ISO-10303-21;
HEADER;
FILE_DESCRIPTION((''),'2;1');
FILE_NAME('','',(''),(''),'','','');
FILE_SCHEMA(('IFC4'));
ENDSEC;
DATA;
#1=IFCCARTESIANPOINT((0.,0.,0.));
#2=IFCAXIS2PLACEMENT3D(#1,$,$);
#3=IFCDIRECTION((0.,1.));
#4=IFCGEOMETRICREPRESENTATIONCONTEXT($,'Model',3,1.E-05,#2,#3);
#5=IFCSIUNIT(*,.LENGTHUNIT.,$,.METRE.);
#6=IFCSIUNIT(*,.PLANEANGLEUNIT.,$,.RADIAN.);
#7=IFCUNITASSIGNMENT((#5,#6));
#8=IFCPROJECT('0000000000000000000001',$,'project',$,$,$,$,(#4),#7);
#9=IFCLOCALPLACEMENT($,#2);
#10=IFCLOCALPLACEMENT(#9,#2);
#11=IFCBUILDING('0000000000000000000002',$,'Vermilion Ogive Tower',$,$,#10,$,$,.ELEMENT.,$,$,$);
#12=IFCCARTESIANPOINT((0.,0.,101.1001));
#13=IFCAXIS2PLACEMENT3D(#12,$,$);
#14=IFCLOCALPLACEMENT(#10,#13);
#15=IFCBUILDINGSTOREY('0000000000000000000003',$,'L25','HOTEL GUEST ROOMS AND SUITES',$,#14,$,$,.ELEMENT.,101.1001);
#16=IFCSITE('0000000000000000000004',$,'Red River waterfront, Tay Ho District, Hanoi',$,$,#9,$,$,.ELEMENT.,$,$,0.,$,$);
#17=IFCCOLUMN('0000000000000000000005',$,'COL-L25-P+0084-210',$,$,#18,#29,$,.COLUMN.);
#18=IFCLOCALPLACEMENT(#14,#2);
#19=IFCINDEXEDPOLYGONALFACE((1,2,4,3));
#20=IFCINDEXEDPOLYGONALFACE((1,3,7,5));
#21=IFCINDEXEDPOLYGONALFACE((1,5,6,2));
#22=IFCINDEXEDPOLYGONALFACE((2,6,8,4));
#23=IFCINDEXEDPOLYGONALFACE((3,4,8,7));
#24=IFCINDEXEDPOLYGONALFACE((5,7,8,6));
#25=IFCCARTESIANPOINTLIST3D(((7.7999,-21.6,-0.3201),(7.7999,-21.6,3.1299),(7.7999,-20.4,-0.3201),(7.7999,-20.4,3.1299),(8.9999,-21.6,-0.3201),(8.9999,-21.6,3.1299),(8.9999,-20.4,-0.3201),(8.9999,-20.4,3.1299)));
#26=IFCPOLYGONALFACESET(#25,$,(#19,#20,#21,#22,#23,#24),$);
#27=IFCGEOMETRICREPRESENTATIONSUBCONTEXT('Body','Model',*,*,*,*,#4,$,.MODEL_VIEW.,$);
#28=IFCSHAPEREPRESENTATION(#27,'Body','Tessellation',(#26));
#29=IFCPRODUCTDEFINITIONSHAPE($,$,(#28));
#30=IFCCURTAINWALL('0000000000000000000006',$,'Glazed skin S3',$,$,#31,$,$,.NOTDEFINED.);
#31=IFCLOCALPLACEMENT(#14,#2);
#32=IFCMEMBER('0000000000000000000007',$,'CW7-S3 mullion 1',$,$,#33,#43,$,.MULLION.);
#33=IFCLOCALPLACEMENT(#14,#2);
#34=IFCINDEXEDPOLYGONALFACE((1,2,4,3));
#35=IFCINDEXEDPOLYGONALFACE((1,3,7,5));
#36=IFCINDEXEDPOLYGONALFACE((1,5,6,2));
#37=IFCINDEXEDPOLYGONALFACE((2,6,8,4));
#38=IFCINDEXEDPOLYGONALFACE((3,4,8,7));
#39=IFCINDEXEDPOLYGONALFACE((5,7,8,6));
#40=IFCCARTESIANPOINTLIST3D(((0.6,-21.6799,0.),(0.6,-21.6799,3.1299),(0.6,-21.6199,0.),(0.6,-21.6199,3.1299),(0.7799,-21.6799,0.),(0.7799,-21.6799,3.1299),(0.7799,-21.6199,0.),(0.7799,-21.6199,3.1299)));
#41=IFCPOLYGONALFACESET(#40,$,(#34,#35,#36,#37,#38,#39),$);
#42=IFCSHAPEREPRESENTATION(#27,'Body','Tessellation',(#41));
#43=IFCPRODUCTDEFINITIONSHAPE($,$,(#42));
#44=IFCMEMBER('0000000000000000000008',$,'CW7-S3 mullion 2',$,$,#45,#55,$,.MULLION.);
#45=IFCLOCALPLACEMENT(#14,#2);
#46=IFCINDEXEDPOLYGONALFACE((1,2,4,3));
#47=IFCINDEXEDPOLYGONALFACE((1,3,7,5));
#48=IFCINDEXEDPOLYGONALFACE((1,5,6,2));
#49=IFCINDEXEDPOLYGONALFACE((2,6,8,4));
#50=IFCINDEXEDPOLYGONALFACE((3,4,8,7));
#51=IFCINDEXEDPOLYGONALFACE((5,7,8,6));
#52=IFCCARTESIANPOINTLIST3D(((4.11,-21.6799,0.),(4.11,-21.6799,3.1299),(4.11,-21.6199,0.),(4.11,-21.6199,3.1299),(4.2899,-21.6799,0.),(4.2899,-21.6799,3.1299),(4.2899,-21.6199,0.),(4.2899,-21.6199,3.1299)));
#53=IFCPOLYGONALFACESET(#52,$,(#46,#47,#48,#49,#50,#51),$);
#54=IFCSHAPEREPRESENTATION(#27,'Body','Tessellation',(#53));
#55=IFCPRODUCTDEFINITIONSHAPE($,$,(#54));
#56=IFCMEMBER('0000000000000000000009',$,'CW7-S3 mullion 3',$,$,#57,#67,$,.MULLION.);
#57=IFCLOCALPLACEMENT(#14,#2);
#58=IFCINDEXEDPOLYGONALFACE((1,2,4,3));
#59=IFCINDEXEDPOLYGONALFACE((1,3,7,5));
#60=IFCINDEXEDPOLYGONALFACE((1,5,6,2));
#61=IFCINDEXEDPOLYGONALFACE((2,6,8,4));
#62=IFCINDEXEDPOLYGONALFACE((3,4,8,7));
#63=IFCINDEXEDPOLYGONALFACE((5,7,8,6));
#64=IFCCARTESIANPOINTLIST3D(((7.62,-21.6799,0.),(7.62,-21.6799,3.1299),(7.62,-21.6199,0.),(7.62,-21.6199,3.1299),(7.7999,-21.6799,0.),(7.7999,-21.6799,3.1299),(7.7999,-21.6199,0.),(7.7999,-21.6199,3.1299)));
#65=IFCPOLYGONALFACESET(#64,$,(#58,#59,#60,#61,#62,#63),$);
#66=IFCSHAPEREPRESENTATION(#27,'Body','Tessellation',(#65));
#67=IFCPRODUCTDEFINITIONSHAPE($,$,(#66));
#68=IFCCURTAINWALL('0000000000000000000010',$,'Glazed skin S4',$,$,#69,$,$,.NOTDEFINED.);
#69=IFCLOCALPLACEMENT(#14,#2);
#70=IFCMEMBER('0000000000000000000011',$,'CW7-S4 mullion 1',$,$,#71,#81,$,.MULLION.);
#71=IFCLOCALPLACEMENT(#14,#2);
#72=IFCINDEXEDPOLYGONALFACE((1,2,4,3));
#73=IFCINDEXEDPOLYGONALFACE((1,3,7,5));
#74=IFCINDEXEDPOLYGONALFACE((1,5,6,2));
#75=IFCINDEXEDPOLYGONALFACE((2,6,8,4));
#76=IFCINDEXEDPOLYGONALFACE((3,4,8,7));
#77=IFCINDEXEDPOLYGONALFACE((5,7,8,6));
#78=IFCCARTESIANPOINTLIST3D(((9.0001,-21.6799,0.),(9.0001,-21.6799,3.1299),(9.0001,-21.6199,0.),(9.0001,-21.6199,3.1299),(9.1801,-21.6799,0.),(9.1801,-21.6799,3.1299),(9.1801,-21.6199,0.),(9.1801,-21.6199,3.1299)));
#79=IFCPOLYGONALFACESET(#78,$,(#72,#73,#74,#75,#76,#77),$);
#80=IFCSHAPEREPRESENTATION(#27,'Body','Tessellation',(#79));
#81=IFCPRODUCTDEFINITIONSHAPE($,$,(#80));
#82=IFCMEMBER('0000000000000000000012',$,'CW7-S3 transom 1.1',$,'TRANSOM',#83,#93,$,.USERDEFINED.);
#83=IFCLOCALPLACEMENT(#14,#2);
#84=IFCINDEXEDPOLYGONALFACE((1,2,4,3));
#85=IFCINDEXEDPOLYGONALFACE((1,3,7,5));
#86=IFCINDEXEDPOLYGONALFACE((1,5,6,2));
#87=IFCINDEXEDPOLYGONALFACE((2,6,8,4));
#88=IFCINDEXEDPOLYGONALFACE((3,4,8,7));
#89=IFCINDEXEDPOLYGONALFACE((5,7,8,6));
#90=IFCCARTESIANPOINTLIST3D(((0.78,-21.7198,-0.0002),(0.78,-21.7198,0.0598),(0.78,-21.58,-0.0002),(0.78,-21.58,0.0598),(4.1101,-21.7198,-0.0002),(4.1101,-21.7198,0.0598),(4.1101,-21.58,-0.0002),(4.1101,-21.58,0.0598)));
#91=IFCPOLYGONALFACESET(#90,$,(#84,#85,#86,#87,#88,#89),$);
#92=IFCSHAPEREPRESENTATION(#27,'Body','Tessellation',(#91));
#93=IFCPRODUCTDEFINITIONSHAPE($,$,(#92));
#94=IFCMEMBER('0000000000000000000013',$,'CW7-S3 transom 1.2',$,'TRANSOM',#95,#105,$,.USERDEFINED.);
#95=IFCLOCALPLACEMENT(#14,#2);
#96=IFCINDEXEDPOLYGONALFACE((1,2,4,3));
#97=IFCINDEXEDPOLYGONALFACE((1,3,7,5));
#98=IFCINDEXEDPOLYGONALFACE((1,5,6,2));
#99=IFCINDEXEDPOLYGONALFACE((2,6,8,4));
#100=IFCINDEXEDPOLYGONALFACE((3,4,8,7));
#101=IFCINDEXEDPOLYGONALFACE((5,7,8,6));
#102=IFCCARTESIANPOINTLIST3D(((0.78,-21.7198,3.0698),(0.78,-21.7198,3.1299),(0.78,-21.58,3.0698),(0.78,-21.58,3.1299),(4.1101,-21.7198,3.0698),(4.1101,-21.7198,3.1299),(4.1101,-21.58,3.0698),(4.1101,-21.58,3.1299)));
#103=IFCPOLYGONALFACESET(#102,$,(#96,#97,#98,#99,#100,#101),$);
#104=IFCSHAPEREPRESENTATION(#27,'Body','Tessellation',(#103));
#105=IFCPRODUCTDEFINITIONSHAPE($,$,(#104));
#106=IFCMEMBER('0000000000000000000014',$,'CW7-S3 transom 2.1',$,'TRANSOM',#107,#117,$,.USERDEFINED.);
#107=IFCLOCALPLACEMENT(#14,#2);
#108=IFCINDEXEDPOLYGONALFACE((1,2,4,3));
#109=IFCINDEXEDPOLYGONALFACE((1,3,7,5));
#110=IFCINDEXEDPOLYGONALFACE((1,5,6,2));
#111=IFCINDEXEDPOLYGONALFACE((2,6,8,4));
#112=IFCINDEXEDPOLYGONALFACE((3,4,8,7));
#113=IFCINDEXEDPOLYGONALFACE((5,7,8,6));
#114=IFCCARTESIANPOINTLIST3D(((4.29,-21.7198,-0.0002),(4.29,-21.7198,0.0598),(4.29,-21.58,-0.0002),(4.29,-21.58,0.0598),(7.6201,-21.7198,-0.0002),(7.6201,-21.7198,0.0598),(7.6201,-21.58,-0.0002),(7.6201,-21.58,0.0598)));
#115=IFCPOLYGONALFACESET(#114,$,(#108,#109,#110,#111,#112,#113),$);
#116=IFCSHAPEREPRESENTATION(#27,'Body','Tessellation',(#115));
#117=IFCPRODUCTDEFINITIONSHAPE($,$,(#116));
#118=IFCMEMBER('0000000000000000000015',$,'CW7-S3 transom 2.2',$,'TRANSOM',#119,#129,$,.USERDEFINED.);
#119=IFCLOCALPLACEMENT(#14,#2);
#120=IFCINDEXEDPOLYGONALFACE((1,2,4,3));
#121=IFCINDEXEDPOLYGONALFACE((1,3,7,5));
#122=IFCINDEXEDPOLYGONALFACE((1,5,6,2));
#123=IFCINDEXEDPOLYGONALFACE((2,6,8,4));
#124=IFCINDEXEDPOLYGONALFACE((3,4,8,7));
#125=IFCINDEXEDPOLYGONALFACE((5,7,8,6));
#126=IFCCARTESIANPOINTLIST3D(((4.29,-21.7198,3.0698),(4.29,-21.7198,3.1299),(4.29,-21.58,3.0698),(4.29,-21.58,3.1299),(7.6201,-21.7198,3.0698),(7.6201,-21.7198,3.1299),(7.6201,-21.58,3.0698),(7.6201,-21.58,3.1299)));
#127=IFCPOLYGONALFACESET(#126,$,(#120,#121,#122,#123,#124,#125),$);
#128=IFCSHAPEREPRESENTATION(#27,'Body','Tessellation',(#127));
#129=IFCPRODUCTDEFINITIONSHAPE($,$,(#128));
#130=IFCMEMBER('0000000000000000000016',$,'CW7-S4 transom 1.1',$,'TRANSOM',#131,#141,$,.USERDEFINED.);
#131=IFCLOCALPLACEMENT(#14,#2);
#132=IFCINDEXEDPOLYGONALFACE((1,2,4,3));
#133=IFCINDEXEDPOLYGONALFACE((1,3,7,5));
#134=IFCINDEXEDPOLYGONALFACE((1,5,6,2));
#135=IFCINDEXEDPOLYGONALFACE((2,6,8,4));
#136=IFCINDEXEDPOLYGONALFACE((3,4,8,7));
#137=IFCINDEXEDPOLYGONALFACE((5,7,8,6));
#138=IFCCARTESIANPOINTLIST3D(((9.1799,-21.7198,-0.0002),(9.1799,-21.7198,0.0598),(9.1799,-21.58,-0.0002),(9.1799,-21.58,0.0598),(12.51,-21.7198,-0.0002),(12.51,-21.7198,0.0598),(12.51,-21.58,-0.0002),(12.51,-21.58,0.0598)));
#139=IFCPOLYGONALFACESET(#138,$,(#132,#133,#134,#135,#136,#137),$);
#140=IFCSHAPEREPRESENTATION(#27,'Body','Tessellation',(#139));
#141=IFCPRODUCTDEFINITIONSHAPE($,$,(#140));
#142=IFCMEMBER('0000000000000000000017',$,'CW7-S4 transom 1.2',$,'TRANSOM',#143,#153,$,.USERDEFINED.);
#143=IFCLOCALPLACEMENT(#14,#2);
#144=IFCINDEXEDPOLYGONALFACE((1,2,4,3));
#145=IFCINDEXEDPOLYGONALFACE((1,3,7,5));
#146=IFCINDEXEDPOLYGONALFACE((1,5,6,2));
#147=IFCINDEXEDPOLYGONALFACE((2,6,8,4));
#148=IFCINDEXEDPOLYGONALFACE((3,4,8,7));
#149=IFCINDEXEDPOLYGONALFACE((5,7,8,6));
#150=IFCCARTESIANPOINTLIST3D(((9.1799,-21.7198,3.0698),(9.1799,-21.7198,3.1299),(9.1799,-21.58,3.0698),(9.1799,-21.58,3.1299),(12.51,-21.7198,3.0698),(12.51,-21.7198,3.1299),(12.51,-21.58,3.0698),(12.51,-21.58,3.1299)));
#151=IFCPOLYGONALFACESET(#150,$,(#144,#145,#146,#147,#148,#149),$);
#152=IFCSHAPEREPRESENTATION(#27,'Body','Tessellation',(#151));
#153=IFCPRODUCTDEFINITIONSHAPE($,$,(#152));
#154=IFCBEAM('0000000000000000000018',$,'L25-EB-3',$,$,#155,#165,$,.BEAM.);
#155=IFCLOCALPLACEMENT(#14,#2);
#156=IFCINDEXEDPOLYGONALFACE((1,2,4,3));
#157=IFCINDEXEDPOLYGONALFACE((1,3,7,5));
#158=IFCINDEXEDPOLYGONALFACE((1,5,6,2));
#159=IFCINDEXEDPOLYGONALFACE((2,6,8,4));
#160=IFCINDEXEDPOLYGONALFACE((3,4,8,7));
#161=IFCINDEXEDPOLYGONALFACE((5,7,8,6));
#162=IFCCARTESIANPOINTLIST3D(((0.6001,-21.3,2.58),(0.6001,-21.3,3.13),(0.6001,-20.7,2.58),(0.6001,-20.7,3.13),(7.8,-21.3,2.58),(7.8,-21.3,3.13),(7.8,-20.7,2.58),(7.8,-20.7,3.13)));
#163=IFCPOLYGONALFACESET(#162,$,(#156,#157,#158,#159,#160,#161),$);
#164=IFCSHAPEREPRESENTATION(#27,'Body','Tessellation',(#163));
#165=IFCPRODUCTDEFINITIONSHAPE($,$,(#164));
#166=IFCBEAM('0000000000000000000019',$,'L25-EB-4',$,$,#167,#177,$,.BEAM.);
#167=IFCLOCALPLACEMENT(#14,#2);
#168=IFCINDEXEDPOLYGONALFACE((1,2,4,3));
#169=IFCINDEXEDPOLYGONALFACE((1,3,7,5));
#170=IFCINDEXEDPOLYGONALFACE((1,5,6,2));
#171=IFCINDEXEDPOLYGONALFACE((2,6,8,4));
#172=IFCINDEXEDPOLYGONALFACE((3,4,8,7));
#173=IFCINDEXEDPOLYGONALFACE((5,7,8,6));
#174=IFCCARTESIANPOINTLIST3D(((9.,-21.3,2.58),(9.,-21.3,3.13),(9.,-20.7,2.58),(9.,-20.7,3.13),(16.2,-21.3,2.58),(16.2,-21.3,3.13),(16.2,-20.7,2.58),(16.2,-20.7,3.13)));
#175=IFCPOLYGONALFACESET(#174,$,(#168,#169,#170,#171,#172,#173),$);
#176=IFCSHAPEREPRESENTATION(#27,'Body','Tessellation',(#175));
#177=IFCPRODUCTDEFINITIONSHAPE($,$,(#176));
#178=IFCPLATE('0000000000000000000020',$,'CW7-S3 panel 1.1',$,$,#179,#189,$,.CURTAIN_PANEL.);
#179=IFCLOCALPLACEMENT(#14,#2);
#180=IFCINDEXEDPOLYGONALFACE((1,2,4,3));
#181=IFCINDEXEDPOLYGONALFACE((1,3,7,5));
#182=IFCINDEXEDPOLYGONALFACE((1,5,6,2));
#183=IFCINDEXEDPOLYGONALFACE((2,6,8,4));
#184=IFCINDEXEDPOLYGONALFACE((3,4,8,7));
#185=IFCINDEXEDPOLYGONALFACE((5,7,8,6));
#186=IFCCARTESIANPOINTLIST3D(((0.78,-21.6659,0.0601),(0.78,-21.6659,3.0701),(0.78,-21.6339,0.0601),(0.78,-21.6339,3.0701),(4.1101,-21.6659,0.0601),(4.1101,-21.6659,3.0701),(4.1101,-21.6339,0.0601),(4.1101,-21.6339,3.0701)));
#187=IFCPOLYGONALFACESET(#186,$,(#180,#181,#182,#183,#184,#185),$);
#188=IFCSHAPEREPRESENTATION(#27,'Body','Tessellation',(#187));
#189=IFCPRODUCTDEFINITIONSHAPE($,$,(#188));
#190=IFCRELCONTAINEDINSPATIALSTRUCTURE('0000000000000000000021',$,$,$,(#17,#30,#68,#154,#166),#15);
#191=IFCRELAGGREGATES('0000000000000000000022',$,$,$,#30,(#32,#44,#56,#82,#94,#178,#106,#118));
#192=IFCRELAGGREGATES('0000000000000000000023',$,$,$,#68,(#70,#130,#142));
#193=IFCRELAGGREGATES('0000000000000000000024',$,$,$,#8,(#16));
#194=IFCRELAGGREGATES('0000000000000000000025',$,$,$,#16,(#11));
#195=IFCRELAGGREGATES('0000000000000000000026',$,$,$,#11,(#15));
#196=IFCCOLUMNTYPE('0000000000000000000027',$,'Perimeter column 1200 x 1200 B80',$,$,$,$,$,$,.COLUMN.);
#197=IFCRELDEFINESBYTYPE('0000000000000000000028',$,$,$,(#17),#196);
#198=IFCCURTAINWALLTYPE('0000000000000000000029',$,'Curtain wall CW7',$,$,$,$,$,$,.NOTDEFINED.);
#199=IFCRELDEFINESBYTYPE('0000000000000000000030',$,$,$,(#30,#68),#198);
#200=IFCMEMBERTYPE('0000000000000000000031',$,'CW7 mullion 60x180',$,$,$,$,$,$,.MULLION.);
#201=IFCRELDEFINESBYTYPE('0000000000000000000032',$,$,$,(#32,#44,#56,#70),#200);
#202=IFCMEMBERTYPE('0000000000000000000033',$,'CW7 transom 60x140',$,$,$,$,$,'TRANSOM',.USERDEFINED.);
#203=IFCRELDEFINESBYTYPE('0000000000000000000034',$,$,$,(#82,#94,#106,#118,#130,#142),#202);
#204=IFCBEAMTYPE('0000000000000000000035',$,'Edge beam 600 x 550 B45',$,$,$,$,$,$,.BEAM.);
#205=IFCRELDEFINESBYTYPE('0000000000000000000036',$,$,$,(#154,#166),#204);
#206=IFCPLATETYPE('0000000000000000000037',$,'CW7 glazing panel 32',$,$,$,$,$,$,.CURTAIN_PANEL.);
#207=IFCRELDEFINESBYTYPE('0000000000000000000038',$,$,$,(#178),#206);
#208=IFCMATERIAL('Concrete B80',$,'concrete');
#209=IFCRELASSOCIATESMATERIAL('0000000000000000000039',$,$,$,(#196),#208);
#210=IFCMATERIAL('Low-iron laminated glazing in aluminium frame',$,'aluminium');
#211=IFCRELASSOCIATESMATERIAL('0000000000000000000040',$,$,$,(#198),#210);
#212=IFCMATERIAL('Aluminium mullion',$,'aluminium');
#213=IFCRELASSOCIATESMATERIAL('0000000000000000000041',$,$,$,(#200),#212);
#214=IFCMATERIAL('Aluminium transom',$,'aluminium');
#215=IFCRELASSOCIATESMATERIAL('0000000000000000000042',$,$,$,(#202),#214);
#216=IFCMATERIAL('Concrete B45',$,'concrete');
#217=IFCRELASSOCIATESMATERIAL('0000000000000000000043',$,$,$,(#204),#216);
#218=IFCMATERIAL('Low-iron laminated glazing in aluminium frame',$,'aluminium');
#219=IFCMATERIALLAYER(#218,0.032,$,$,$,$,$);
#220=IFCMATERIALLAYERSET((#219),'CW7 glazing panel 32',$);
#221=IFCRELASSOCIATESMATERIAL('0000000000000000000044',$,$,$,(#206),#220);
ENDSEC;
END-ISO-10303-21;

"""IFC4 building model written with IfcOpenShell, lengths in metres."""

from ifc_helpers import new_model, si_unit, direction, frame, origin, origin_2d, place, context, subcontext, project, spatial, rectangle, extrude, material, layer, layer_set, material_profile, profile_set, type_object, element, aggregate, save


model = new_model("IFC4")

# Units and contexts
model_context = context("Model", 3, precision=1e-05, world=origin(), true_north=direction((0.0, 1.0)))
body_context = subcontext(model_context, "Body", "Model", "MODEL_VIEW")
ifc_project = project(units=[si_unit("LENGTHUNIT", "METRE"), si_unit("PLANEANGLEUNIT", "RADIAN")], contexts=[model_context])

# Site, building, storey
site_placement = place(None, origin())
site = spatial("IfcSite", under=ifc_project, at=site_placement, Name="Red River waterfront, Tay Ho District, Hanoi", CompositionType="ELEMENT", RefElevation=0.0)
building_placement = place(site_placement, origin())
building = spatial("IfcBuilding", under=site, at=building_placement, Name="Vermilion Ogive Tower", CompositionType="ELEMENT")
storey_placement = place(building_placement, frame((0.0, 0.0, 101.1001)))
storey = spatial("IfcBuildingStorey", under=building, at=storey_placement, Name="L25", Description="HOTEL GUEST ROOMS AND SUITES", CompositionType="ELEMENT", Elevation=101.1001)

# Column
ifc_material_1 = material(Name="Concrete B80", Category="concrete")
ifc_material_profile_1 = material_profile(ifc_material_1, rectangle(XDim=1.2, YDim=1.2, at=origin_2d()), Name="1200 x 1200")
ifc_profile_set_1 = profile_set([ifc_material_profile_1], Name="Concrete B80")
column_type = type_object("IfcColumnType", Name="Perimeter column 1200 x 1200 B80", PredefinedType="COLUMN", material=ifc_profile_set_1)
column_placement = place(storey_placement, frame((8.3999, -21.0, -0.3201), z_axis=(0.0, 0.0, 1.0), x_axis=(1.0, 0.0, 0.0)))
element("IfcColumn", 1, at=column_placement, inside=storey, type_object=column_type, Name="COL-L25-P+0084-210", PredefinedType="COLUMN", context=body_context, shape_type="SweptSolid", body=[
    extrude(rectangle(XDim=1.2, YDim=1.2, at=origin_2d()), origin(), (0.0, 0.0, 1.0), 3.45),
])

# Curtain wall, members
ifc_material_2 = material(Name="Low-iron laminated glazing in aluminium frame", Category="aluminium")
curtain_wall_type = type_object("IfcCurtainWallType", Name="Curtain wall CW7", PredefinedType="NOTDEFINED", material=ifc_material_2)
curtain_wall_1_placement = place(storey_placement, origin())
curtain_wall_1 = element("IfcCurtainWall", 2, at=curtain_wall_1_placement, inside=storey, type_object=curtain_wall_type, Name="Glazed skin S3", PredefinedType="NOTDEFINED")
ifc_material_3 = material(Name="Aluminium mullion", Category="aluminium")
ifc_material_profile_2 = material_profile(ifc_material_3, rectangle(XDim=0.0601, YDim=0.1799, at=origin_2d()), Name="AL 60x180")
ifc_profile_set_2 = profile_set([ifc_material_profile_2], Name="Aluminium mullion")
member_type_1 = type_object("IfcMemberType", Name="CW7 mullion 60x180", PredefinedType="MULLION", material=ifc_profile_set_2)
member_1_placement = place(storey_placement, frame((0.6899, -21.6499, 0.0), z_axis=(0.0, 0.0, 1.0), x_axis=(0.0, 1.0, 0.0)))
member_1 = element("IfcMember", 3, at=member_1_placement, type_object=member_type_1, Name="CW7-S3 mullion 1", PredefinedType="MULLION", context=body_context, shape_type="SweptSolid", body=[
    extrude(rectangle(XDim=0.0601, YDim=0.1799, at=origin_2d()), origin(), (0.0, 0.0, 1.0), 3.1299),
])
member_2_placement = place(storey_placement, frame((4.2, -21.6499, 0.0), z_axis=(0.0, 0.0, 1.0), x_axis=(0.0, 1.0, 0.0)))
member_2 = element("IfcMember", 4, at=member_2_placement, type_object=member_type_1, Name="CW7-S3 mullion 2", PredefinedType="MULLION", context=body_context, shape_type="SweptSolid", body=[
    extrude(rectangle(XDim=0.0601, YDim=0.1799, at=origin_2d()), origin(), (0.0, 0.0, 1.0), 3.1299),
])
member_3_placement = place(storey_placement, frame((7.71, -21.6499, 0.0), z_axis=(0.0, 0.0, 1.0), x_axis=(0.0, 1.0, 0.0)))
member_3 = element("IfcMember", 5, at=member_3_placement, type_object=member_type_1, Name="CW7-S3 mullion 3", PredefinedType="MULLION", context=body_context, shape_type="SweptSolid", body=[
    extrude(rectangle(XDim=0.0601, YDim=0.1799, at=origin_2d()), origin(), (0.0, 0.0, 1.0), 3.1299),
])

# Curtain wall, member
curtain_wall_2_placement = place(storey_placement, origin())
curtain_wall_2 = element("IfcCurtainWall", 6, at=curtain_wall_2_placement, inside=storey, type_object=curtain_wall_type, Name="Glazed skin S4", PredefinedType="NOTDEFINED")
member_4_placement = place(storey_placement, frame((9.0901, -21.6499, 0.0), z_axis=(0.0, 0.0, 1.0), x_axis=(0.0, 1.0, 0.0)))
member_4 = element("IfcMember", 7, at=member_4_placement, type_object=member_type_1, Name="CW7-S4 mullion 1", PredefinedType="MULLION", context=body_context, shape_type="SweptSolid", body=[
    extrude(rectangle(XDim=0.0601, YDim=0.1799, at=origin_2d()), origin(), (0.0, 0.0, 1.0), 3.1299),
])

# Members
ifc_material_4 = material(Name="Aluminium transom", Category="aluminium")
ifc_material_profile_3 = material_profile(ifc_material_4, rectangle(XDim=0.1399, YDim=0.0601, at=origin_2d()), Name="AL 60x140")
ifc_profile_set_3 = profile_set([ifc_material_profile_3], Name="Aluminium transom")
member_type_2 = type_object("IfcMemberType", Name="CW7 transom 60x140", ElementType="TRANSOM", PredefinedType="USERDEFINED", material=ifc_profile_set_3)
member_5_placement = place(storey_placement, frame((0.78, -21.6499, 0.0298), z_axis=(1.0, 0.0, 0.0), x_axis=(0.0, 1.0, 0.0)))
member_5 = element("IfcMember", 8, at=member_5_placement, type_object=member_type_2, Name="CW7-S3 transom 1.1", ObjectType="TRANSOM", PredefinedType="USERDEFINED", context=body_context, shape_type="SweptSolid", body=[
    extrude(rectangle(XDim=0.1399, YDim=0.0601, at=origin_2d()), origin(), (0.0, 0.0, 1.0), 3.3301),
])
member_6_placement = place(storey_placement, frame((0.78, -21.6499, 3.0999), z_axis=(1.0, 0.0, 0.0), x_axis=(0.0, 1.0, 0.0)))
member_6 = element("IfcMember", 9, at=member_6_placement, type_object=member_type_2, Name="CW7-S3 transom 1.2", ObjectType="TRANSOM", PredefinedType="USERDEFINED", context=body_context, shape_type="SweptSolid", body=[
    extrude(rectangle(XDim=0.1399, YDim=0.0601, at=origin_2d()), origin(), (0.0, 0.0, 1.0), 3.3301),
])
member_7_placement = place(storey_placement, frame((4.29, -21.6499, 0.0298), z_axis=(1.0, 0.0, 0.0), x_axis=(0.0, 1.0, 0.0)))
member_7 = element("IfcMember", 10, at=member_7_placement, type_object=member_type_2, Name="CW7-S3 transom 2.1", ObjectType="TRANSOM", PredefinedType="USERDEFINED", context=body_context, shape_type="SweptSolid", body=[
    extrude(rectangle(XDim=0.1399, YDim=0.0601, at=origin_2d()), origin(), (0.0, 0.0, 1.0), 3.3301),
])
member_8_placement = place(storey_placement, frame((4.29, -21.6499, 3.0999), z_axis=(1.0, 0.0, 0.0), x_axis=(0.0, 1.0, 0.0)))
member_8 = element("IfcMember", 11, at=member_8_placement, type_object=member_type_2, Name="CW7-S3 transom 2.2", ObjectType="TRANSOM", PredefinedType="USERDEFINED", context=body_context, shape_type="SweptSolid", body=[
    extrude(rectangle(XDim=0.1399, YDim=0.0601, at=origin_2d()), origin(), (0.0, 0.0, 1.0), 3.3301),
])
member_9_placement = place(storey_placement, frame((9.1799, -21.6499, 0.0298), z_axis=(1.0, 0.0, 0.0), x_axis=(0.0, 1.0, 0.0)))
member_9 = element("IfcMember", 12, at=member_9_placement, type_object=member_type_2, Name="CW7-S4 transom 1.1", ObjectType="TRANSOM", PredefinedType="USERDEFINED", context=body_context, shape_type="SweptSolid", body=[
    extrude(rectangle(XDim=0.1399, YDim=0.0601, at=origin_2d()), origin(), (0.0, 0.0, 1.0), 3.3301),
])
member_10_placement = place(storey_placement, frame((9.1799, -21.6499, 3.0999), z_axis=(1.0, 0.0, 0.0), x_axis=(0.0, 1.0, 0.0)))
member_10 = element("IfcMember", 13, at=member_10_placement, type_object=member_type_2, Name="CW7-S4 transom 1.2", ObjectType="TRANSOM", PredefinedType="USERDEFINED", context=body_context, shape_type="SweptSolid", body=[
    extrude(rectangle(XDim=0.1399, YDim=0.0601, at=origin_2d()), origin(), (0.0, 0.0, 1.0), 3.3301),
])

# Beams
ifc_material_5 = material(Name="Concrete B45", Category="concrete")
ifc_material_profile_4 = material_profile(ifc_material_5, rectangle(XDim=0.6001, YDim=0.55, at=origin_2d()), Name="600 x 550")
ifc_profile_set_4 = profile_set([ifc_material_profile_4], Name="Concrete B45")
beam_type = type_object("IfcBeamType", Name="Edge beam 600 x 550 B45", PredefinedType="BEAM", material=ifc_profile_set_4)
for number, where, z_axis, x_axis, name in (
    (14, (0.6001, -21.0, 2.855), (1.0, 0.0, 0.0), (0.0, 1.0, 0.0), "L25-EB-3"),
    (15, (9.0, -21.0, 2.855), (1.0, 0.0, 0.0), (0.0, 1.0, 0.0), "L25-EB-4"),
):
    element("IfcBeam", number, at=place(storey_placement, frame(where, z_axis=z_axis, x_axis=x_axis)), inside=storey, type_object=beam_type, Name=name, PredefinedType="BEAM", context=body_context, shape_type="SweptSolid", body=[
        extrude(rectangle(XDim=0.6001, YDim=0.55, at=origin_2d()), origin(), (0.0, 0.0, 1.0), 7.2),
    ])

# Plate
ifc_material_6 = material(Name="Low-iron laminated glazing in aluminium frame", Category="aluminium")
ifc_layer_1 = layer(ifc_material_6, 0.032)
ifc_layer_set_1 = layer_set([ifc_layer_1], Name="CW7 glazing panel 32")
plate_type = type_object("IfcPlateType", Name="CW7 glazing panel 32", PredefinedType="CURTAIN_PANEL", material=ifc_layer_set_1)
plate_1_placement = place(storey_placement, frame((2.4451, -21.6499, 0.0601), z_axis=(0.0, 0.0, 1.0), x_axis=(1.0, 0.0, 0.0)))
plate_1 = element("IfcPlate", 16, at=plate_1_placement, type_object=plate_type, Name="CW7-S3 panel 1.1", PredefinedType="CURTAIN_PANEL", context=body_context, shape_type="SweptSolid", body=[
    extrude(rectangle(XDim=3.3301, YDim=0.032, at=origin_2d()), origin(), (0.0, 0.0, 1.0), 3.01),
])
aggregate(curtain_wall_1, [member_1, member_2, member_3, member_5, member_6, plate_1, member_7, member_8])
aggregate(curtain_wall_2, [member_4, member_9, member_10])

save(model, "model.ifc")
